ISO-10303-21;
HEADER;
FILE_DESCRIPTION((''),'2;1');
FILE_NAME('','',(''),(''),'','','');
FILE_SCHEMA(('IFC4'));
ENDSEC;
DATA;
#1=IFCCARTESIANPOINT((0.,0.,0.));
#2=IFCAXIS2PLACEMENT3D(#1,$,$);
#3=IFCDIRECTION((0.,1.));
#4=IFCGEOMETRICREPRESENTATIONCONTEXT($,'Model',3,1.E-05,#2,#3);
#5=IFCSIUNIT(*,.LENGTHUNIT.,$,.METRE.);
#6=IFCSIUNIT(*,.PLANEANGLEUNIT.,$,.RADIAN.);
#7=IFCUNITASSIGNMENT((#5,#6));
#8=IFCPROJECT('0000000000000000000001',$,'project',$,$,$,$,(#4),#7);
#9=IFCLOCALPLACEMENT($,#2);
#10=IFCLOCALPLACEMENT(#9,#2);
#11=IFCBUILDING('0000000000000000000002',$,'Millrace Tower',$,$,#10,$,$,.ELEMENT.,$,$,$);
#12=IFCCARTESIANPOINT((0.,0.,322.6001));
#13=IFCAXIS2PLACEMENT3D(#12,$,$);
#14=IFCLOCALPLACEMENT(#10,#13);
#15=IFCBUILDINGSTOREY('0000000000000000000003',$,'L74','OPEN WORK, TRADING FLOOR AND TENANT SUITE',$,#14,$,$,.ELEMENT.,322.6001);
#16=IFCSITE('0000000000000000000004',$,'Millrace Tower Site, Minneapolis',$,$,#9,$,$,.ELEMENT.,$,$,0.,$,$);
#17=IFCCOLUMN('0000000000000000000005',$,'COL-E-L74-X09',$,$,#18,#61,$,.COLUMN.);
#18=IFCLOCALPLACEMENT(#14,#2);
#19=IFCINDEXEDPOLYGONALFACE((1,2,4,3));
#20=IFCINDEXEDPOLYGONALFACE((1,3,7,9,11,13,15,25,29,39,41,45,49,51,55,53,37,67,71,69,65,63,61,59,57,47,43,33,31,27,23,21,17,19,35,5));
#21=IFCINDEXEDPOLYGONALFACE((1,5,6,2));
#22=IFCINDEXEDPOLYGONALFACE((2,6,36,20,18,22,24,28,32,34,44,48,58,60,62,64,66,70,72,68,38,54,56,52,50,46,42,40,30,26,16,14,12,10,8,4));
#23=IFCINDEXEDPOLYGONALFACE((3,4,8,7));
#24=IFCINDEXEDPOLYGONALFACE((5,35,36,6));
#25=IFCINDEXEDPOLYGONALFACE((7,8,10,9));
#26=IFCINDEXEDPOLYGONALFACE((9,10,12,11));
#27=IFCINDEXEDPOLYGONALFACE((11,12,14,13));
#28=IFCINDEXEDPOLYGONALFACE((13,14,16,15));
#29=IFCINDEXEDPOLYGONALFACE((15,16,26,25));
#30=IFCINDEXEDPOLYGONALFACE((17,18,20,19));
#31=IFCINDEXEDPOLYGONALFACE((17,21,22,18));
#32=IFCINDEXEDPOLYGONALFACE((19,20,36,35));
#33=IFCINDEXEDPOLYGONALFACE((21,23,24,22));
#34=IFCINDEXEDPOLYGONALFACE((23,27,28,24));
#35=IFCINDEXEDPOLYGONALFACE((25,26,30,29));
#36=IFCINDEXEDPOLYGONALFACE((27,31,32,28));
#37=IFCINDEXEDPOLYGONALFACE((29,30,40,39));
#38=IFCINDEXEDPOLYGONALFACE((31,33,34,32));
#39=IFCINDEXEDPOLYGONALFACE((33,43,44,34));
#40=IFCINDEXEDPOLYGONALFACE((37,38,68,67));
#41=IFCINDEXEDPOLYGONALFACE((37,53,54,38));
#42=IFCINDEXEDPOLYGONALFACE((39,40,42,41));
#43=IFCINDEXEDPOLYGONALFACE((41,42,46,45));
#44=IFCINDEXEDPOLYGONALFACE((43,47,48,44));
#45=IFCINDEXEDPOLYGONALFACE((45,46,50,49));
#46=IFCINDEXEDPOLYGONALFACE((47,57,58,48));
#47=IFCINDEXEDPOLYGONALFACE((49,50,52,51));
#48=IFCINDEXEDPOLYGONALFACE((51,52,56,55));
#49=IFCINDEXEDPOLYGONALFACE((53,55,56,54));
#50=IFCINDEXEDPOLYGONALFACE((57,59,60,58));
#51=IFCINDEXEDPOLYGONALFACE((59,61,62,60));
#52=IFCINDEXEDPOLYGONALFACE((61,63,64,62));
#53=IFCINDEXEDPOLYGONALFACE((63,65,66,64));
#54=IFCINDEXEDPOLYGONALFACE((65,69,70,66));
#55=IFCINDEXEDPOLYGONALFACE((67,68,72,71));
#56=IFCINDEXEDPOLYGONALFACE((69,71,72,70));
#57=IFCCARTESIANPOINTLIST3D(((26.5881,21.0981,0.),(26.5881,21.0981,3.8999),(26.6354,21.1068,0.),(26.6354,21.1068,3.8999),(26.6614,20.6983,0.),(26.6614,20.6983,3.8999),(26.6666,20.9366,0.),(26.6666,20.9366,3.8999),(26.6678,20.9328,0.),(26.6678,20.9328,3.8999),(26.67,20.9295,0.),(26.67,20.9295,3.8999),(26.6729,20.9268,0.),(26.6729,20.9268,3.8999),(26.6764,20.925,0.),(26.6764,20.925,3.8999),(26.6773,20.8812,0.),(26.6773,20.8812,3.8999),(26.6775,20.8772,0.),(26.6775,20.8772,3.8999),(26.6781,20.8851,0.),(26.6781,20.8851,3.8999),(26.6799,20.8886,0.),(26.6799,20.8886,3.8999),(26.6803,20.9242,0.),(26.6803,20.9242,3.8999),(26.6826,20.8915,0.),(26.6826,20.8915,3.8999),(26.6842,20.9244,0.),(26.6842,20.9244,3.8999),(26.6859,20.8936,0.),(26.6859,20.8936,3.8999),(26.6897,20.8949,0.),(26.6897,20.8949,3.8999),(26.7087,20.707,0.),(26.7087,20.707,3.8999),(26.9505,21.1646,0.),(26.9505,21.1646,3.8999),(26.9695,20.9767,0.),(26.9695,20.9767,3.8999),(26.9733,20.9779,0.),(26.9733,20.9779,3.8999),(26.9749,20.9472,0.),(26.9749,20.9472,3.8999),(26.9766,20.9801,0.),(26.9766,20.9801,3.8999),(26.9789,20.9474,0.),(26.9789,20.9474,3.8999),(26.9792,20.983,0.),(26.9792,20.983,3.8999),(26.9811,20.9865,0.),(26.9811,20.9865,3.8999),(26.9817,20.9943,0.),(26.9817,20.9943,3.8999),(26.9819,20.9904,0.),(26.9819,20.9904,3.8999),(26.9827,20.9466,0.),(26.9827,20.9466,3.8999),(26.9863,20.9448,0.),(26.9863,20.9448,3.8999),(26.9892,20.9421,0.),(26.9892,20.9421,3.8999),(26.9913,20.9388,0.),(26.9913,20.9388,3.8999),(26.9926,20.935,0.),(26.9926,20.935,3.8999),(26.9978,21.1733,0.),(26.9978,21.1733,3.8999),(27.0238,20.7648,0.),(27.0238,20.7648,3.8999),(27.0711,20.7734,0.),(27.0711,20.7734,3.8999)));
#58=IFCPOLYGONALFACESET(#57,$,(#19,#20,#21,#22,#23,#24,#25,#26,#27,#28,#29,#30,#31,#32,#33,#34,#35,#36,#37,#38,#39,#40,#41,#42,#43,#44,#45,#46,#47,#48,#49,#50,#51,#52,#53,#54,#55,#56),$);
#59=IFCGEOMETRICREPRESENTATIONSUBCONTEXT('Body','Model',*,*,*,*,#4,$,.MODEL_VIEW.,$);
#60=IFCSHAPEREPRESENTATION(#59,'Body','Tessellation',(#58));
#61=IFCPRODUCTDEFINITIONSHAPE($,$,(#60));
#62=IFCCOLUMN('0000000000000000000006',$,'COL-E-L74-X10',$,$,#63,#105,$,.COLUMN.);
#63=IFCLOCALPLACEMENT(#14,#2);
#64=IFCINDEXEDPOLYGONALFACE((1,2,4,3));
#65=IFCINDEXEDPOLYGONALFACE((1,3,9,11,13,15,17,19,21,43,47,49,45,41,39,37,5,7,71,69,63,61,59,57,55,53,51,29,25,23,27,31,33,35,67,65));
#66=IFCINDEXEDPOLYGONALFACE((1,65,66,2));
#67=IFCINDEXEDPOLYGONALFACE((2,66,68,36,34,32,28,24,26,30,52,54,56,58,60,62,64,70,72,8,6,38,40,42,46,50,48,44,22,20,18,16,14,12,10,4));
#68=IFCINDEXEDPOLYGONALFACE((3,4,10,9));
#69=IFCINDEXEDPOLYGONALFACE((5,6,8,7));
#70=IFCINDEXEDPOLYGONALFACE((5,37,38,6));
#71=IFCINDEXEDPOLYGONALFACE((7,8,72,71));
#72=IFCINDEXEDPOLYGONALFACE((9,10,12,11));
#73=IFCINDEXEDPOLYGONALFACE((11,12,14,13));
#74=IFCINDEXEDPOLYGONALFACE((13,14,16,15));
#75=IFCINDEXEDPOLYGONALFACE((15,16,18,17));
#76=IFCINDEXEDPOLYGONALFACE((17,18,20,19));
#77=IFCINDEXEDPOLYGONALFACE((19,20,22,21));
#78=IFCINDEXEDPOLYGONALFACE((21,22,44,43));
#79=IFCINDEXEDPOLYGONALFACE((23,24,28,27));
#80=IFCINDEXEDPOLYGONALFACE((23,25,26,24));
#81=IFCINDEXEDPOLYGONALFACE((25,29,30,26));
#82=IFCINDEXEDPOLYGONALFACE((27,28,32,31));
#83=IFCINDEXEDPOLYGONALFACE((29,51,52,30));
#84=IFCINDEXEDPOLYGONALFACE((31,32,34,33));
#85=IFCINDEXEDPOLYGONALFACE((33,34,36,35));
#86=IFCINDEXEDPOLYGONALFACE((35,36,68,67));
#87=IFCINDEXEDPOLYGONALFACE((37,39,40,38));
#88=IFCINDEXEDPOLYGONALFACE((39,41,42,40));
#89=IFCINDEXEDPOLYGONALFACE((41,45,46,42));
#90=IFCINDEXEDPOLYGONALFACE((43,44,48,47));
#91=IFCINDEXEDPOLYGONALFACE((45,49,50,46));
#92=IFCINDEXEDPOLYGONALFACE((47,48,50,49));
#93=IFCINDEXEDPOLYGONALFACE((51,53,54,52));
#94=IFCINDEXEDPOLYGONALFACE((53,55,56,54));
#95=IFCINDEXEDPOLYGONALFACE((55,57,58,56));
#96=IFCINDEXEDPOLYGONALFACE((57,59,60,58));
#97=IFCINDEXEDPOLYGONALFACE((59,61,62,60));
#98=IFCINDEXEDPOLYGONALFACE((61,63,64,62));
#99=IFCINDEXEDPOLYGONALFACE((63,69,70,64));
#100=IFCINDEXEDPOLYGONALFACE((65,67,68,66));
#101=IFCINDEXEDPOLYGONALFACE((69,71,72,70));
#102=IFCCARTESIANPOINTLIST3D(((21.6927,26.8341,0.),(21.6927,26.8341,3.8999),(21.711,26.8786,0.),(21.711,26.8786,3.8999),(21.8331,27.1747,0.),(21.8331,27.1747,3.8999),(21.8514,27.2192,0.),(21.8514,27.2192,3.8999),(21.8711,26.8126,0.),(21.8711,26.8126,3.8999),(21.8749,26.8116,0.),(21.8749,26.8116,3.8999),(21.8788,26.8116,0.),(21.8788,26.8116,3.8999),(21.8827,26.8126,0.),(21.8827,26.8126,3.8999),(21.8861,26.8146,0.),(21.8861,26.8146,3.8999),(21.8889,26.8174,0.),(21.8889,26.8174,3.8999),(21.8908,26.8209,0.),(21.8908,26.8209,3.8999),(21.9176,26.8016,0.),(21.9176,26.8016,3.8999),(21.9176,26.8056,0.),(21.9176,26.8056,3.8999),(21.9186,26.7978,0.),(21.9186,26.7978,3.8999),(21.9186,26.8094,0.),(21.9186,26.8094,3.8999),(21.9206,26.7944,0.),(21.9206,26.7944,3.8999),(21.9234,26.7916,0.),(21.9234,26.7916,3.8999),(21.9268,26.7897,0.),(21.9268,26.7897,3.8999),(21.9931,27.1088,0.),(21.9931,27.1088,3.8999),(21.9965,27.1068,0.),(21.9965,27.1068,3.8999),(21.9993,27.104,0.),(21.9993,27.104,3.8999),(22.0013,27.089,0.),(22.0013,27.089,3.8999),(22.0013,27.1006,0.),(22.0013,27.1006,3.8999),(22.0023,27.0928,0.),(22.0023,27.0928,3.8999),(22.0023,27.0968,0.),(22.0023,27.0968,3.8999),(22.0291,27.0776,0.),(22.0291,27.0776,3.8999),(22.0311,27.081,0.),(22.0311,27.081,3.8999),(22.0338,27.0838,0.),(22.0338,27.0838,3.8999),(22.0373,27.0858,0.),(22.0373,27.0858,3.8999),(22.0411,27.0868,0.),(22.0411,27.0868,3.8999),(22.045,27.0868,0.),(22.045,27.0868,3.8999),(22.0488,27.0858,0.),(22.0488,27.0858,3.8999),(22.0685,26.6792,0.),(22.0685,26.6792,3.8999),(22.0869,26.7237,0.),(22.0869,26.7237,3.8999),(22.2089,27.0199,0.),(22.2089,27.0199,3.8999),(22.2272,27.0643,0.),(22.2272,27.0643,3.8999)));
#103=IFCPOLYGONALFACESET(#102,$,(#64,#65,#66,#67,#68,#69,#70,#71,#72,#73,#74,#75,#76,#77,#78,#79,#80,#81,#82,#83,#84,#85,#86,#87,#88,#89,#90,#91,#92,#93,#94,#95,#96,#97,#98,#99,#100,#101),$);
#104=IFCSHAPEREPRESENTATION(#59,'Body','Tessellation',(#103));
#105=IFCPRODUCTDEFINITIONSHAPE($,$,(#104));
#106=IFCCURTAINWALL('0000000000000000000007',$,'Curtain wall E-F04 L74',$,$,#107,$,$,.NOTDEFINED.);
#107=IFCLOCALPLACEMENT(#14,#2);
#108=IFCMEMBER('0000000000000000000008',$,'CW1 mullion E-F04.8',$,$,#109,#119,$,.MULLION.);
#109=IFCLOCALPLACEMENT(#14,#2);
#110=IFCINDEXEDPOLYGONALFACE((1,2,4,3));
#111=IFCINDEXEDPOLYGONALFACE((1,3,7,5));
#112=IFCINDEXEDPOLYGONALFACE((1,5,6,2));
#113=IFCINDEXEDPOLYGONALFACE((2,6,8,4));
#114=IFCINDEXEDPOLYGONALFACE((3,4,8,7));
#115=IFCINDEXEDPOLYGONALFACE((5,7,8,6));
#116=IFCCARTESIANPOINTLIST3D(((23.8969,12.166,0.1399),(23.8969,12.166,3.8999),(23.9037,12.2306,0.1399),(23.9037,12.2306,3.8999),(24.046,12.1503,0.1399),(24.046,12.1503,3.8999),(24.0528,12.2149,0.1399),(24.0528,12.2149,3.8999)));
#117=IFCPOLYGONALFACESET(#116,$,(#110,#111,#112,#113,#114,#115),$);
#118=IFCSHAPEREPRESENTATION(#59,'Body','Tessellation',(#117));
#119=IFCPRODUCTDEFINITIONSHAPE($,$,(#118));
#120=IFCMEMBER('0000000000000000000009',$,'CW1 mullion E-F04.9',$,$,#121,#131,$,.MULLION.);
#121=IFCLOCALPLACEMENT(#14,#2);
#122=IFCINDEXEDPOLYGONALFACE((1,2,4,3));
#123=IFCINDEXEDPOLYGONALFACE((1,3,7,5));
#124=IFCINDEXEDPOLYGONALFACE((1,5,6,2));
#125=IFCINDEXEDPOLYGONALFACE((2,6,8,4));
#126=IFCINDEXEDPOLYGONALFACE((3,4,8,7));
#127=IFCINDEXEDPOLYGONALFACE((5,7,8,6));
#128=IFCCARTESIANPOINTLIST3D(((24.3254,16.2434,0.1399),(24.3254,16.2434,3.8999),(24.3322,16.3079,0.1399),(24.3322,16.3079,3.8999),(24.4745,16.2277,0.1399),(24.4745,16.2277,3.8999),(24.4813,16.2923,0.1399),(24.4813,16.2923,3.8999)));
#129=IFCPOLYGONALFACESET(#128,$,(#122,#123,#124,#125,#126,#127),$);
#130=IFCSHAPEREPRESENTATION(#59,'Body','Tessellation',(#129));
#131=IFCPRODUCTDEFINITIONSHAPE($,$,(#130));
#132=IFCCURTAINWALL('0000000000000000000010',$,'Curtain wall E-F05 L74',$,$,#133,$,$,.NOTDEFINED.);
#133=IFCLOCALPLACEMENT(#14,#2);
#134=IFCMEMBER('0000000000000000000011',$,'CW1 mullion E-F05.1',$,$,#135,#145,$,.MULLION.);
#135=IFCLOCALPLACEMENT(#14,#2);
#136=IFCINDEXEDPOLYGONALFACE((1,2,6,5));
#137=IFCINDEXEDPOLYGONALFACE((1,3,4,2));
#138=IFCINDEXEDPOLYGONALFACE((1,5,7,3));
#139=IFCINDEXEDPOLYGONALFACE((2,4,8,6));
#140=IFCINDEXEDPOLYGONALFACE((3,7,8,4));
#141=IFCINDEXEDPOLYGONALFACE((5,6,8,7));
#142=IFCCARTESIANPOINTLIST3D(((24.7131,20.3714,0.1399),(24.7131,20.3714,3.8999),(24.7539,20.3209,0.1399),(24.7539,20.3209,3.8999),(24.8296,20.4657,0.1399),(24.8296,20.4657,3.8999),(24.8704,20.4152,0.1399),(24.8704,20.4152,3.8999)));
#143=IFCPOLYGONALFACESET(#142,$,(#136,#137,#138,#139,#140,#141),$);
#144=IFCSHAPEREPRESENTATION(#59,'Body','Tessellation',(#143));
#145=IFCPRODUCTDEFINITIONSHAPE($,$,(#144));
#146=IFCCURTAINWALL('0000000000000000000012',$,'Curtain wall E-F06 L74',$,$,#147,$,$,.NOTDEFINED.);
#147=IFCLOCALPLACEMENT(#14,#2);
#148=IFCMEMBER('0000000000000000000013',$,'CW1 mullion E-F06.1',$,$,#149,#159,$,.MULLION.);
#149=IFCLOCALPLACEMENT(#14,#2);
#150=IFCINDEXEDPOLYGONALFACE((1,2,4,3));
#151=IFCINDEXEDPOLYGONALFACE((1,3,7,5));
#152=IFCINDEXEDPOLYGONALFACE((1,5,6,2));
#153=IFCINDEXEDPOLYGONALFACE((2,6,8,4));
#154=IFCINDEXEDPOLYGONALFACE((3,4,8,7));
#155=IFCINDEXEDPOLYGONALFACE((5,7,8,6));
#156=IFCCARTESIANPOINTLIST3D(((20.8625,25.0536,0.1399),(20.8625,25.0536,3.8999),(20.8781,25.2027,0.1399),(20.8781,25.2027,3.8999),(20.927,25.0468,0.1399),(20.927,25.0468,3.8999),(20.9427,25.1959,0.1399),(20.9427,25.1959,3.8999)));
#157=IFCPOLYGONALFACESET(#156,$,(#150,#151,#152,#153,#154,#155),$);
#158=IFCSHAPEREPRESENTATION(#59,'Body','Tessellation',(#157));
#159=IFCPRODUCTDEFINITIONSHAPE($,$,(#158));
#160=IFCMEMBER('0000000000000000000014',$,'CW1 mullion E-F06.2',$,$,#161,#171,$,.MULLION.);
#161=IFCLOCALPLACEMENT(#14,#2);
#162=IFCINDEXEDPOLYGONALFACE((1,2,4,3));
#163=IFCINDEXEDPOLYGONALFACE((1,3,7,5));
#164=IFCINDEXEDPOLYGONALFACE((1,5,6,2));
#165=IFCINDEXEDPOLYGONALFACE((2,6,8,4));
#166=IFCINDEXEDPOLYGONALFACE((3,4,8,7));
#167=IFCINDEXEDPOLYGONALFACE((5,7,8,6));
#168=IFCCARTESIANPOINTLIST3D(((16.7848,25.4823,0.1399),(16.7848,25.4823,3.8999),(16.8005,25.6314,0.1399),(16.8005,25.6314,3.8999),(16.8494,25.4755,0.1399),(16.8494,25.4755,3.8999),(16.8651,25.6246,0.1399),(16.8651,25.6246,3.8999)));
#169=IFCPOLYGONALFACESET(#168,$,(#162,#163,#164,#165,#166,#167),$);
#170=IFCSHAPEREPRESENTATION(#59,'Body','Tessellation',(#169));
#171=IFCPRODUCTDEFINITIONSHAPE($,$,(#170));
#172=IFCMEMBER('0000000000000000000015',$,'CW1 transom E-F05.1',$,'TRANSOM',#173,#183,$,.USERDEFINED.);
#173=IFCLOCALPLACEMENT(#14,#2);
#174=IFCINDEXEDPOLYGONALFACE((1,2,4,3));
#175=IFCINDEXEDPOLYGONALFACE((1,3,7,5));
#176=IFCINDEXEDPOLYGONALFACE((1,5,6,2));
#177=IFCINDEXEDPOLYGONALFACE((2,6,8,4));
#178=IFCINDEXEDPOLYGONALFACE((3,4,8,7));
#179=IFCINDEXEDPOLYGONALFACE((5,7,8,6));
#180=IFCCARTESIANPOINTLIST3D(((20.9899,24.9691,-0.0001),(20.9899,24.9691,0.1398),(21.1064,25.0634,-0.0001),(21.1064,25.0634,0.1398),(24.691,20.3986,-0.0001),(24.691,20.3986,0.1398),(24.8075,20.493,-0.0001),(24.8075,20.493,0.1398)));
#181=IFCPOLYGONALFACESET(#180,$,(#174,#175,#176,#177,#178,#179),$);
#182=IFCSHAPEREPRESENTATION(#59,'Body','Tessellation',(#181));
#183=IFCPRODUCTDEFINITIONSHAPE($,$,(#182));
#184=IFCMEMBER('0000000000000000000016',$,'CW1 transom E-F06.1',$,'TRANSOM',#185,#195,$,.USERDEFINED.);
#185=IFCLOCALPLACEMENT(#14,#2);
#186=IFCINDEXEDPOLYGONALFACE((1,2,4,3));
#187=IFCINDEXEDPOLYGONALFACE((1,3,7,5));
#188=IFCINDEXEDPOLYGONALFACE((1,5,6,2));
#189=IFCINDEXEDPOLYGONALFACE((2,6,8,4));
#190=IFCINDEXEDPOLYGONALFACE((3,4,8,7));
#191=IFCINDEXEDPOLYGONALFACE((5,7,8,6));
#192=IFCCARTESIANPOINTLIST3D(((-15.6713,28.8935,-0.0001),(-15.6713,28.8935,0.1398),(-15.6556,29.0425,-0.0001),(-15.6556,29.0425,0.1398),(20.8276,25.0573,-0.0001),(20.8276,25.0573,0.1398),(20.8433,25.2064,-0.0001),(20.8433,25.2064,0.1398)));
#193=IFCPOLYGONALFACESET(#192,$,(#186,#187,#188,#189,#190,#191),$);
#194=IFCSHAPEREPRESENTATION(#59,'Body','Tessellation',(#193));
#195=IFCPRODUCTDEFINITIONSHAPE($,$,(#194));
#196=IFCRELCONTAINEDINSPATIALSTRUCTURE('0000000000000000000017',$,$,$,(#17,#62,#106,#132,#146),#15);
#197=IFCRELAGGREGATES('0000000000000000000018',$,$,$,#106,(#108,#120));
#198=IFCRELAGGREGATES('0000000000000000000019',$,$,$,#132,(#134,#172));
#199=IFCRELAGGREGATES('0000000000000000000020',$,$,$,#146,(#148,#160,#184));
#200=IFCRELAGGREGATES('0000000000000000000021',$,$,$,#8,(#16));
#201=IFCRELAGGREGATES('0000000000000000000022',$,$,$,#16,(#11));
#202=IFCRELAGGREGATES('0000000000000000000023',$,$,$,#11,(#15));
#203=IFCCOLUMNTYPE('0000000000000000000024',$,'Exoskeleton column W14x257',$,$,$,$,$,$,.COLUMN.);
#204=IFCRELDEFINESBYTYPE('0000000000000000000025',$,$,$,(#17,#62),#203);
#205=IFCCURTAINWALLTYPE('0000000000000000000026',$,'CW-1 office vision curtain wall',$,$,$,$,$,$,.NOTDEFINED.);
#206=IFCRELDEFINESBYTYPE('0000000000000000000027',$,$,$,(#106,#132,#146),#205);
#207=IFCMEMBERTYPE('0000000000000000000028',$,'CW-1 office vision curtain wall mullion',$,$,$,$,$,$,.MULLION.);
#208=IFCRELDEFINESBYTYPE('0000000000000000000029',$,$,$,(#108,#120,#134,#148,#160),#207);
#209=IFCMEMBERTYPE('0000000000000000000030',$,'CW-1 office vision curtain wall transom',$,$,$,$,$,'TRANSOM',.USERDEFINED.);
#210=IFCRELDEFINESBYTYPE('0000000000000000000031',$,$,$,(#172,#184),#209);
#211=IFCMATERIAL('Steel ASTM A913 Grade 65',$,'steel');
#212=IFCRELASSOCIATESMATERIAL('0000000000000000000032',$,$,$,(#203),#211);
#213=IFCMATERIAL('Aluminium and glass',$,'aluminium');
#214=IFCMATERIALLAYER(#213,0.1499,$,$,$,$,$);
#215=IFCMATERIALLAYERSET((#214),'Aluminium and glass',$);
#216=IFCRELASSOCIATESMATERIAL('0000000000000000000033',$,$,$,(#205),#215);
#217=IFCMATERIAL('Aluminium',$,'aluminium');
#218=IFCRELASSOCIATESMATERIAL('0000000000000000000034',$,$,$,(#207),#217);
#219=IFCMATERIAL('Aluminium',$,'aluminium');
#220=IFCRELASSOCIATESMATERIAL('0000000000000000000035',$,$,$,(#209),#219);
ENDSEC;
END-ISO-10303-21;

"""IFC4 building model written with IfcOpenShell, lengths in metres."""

from ifc_helpers import new_model, si_unit, direction, frame, origin, origin_2d, place, context, subcontext, project, spatial, rectangle, i_section, extrude, material, layer, layer_set, material_profile, profile_set, type_object, element, aggregate, save


model = new_model("IFC4")

# Units and contexts
model_context = context("Model", 3, precision=1e-05, world=origin(), true_north=direction((0.0, 1.0)))
body_context = subcontext(model_context, "Body", "Model", "MODEL_VIEW")
ifc_project = project(units=[si_unit("LENGTHUNIT", "METRE"), si_unit("PLANEANGLEUNIT", "RADIAN")], contexts=[model_context])

# Site, building, storey
site_placement = place(None, origin())
site = spatial("IfcSite", under=ifc_project, at=site_placement, Name="Millrace Tower Site, Minneapolis", CompositionType="ELEMENT", RefElevation=0.0)
building_placement = place(site_placement, origin())
building = spatial("IfcBuilding", under=site, at=building_placement, Name="Millrace Tower", CompositionType="ELEMENT")
storey_placement = place(building_placement, frame((0.0, 0.0, 322.6001)))
storey = spatial("IfcBuildingStorey", under=building, at=storey_placement, Name="L74", Description="OPEN WORK, TRADING FLOOR AND TENANT SUITE", CompositionType="ELEMENT", Elevation=322.6001)

# Columns
ifc_material_1 = material(Name="Steel ASTM A913 Grade 65", Category="steel")
ifc_material_profile_1 = material_profile(ifc_material_1, i_section(OverallWidth=0.4065, OverallDepth=0.4165, WebThickness=0.03, FlangeThickness=0.0481, FilletRadius=0.0151, at=origin_2d()))
ifc_profile_set_1 = profile_set([ifc_material_profile_1], Name="Steel ASTM A913 Grade 65")
column_type = type_object("IfcColumnType", Name="Exoskeleton column W14x257", PredefinedType="COLUMN", material=ifc_profile_set_1)
for number, where, z_axis, x_axis, name in (
    (1, (26.8296, 20.9358, 0.0), (0.0, 0.0, 1.0), (-0.180387, 0.983596, 0.0), "COL-E-L74-X09"),
    (2, (21.96, 26.9492, 0.0), (0.0, 0.0, 1.0), (-0.924597, 0.380947, 0.0), "COL-E-L74-X10"),
):
    element("IfcColumn", number, at=place(storey_placement, frame(where, z_axis=z_axis, x_axis=x_axis)), inside=storey, type_object=column_type, Name=name, PredefinedType="COLUMN", context=body_context, shape_type="SweptSolid", body=[
        extrude(i_section(OverallWidth=0.4065, OverallDepth=0.4165, WebThickness=0.03, FlangeThickness=0.0481, FilletRadius=0.0151, at=origin_2d()), origin(), (0.0, 0.0, 1.0), 3.8999),
    ])

# Curtain wall, members
ifc_material_2 = material(Name="Aluminium and glass", Category="aluminium")
ifc_layer_1 = layer(ifc_material_2, 0.1499)
ifc_layer_set_1 = layer_set([ifc_layer_1], Name="Aluminium and glass")
curtain_wall_type = type_object("IfcCurtainWallType", Name="CW-1 office vision curtain wall", PredefinedType="NOTDEFINED", material=ifc_layer_set_1)
placement = place(storey_placement, origin())
curtain_wall_1 = element("IfcCurtainWall", 3, at=placement, inside=storey, type_object=curtain_wall_type, Name="Curtain wall E-F04 L74", PredefinedType="NOTDEFINED")
ifc_material_3 = material(Name="Aluminium", Category="aluminium")
ifc_material_profile_2 = material_profile(ifc_material_3, rectangle(XDim=0.0649, YDim=0.1499, at=origin_2d()))
ifc_profile_set_2 = profile_set([ifc_material_profile_2], Name="Aluminium")
member_type_1 = type_object("IfcMemberType", Name="CW-1 office vision curtain wall mullion", PredefinedType="MULLION", material=ifc_profile_set_2)
member_1_placement = place(storey_placement, frame((23.9749, 12.1904, 0.1399), z_axis=(0.0, 0.0, 1.0), x_axis=(0.104528, 0.994522, 0.0)))
member_1 = element("IfcMember", 4, at=member_1_placement, type_object=member_type_1, Name="CW1 mullion E-F04.8", PredefinedType="MULLION", context=body_context, shape_type="SweptSolid", body=[
    extrude(rectangle(XDim=0.0649, YDim=0.1499, at=origin_2d()), origin(), (0.0, 0.0, 1.0), 3.76),
])
member_2_placement = place(storey_placement, frame((24.4033, 16.2678, 0.1399), z_axis=(0.0, 0.0, 1.0), x_axis=(0.104528, 0.994522, 0.0)))
member_2 = element("IfcMember", 5, at=member_2_placement, type_object=member_type_1, Name="CW1 mullion E-F04.9", PredefinedType="MULLION", context=body_context, shape_type="SweptSolid", body=[
    extrude(rectangle(XDim=0.0649, YDim=0.1499, at=origin_2d()), origin(), (0.0, 0.0, 1.0), 3.76),
])
aggregate(curtain_wall_1, [member_1, member_2])

# Curtain wall, member
curtain_wall_2 = element("IfcCurtainWall", 6, at=placement, inside=storey, type_object=curtain_wall_type, Name="Curtain wall E-F05 L74", PredefinedType="NOTDEFINED")
member_3_placement = place(storey_placement, frame((24.7917, 20.3933, 0.1399), z_axis=(0.0, 0.0, 1.0), x_axis=(-0.62932, 0.777146, 0.0)))
member_3 = element("IfcMember", 7, at=member_3_placement, type_object=member_type_1, Name="CW1 mullion E-F05.1", PredefinedType="MULLION", context=body_context, shape_type="SweptSolid", body=[
    extrude(rectangle(XDim=0.0649, YDim=0.1499, at=origin_2d()), origin(), (0.0, 0.0, 1.0), 3.76),
])

# Curtain wall, members
curtain_wall_3 = element("IfcCurtainWall", 8, at=placement, inside=storey, type_object=curtain_wall_type, Name="Curtain wall E-F06 L74", PredefinedType="NOTDEFINED")
member_4_placement = place(storey_placement, frame((20.9026, 25.1248, 0.1399), z_axis=(0.0, 0.0, 1.0), x_axis=(-0.994522, 0.104528, 0.0)))
member_4 = element("IfcMember", 9, at=member_4_placement, type_object=member_type_1, Name="CW1 mullion E-F06.1", PredefinedType="MULLION", context=body_context, shape_type="SweptSolid", body=[
    extrude(rectangle(XDim=0.0649, YDim=0.1499, at=origin_2d()), origin(), (0.0, 0.0, 1.0), 3.76),
])
member_5_placement = place(storey_placement, frame((16.825, 25.5535, 0.1399), z_axis=(0.0, 0.0, 1.0), x_axis=(-0.994522, 0.104528, 0.0)))
member_5 = element("IfcMember", 10, at=member_5_placement, type_object=member_type_1, Name="CW1 mullion E-F06.2", PredefinedType="MULLION", context=body_context, shape_type="SweptSolid", body=[
    extrude(rectangle(XDim=0.0649, YDim=0.1499, at=origin_2d()), origin(), (0.0, 0.0, 1.0), 3.76),
])

# Members
ifc_material_4 = material(Name="Aluminium", Category="aluminium")
ifc_material_profile_3 = material_profile(ifc_material_4, rectangle(XDim=0.1499, YDim=0.1399, at=origin_2d()))
ifc_profile_set_3 = profile_set([ifc_material_profile_3], Name="Aluminium")
member_type_2 = type_object("IfcMemberType", Name="CW-1 office vision curtain wall transom", ElementType="TRANSOM", PredefinedType="USERDEFINED", material=ifc_profile_set_3)
member_6_placement = place(storey_placement, frame((24.7493, 20.4458, 0.0698), z_axis=(-0.629321, 0.777145, 0.0), x_axis=(-0.777145, -0.629321, 0.0)))
member_6 = element("IfcMember", 11, at=member_6_placement, type_object=member_type_2, Name="CW1 transom E-F05.1", ObjectType="TRANSOM", PredefinedType="USERDEFINED", context=body_context, shape_type="SweptSolid", body=[
    extrude(rectangle(XDim=0.1499, YDim=0.1399, at=origin_2d()), origin(), (0.0, 0.0, 1.0), 5.8811),
])
aggregate(curtain_wall_2, [member_3, member_6])
member_7_placement = place(storey_placement, frame((20.8354, 25.1318, 0.0698), z_axis=(-0.994522, 0.104528, 0.0), x_axis=(-0.104528, -0.994522, 0.0)))
member_7 = element("IfcMember", 12, at=member_7_placement, type_object=member_type_2, Name="CW1 transom E-F06.1", ObjectType="TRANSOM", PredefinedType="USERDEFINED", context=body_context, shape_type="SweptSolid", body=[
    extrude(rectangle(XDim=0.1499, YDim=0.1399, at=origin_2d()), origin(), (0.0, 0.0, 1.0), 36.7),
])
aggregate(curtain_wall_3, [member_4, member_5, member_7])

save(model, "model.ifc")
